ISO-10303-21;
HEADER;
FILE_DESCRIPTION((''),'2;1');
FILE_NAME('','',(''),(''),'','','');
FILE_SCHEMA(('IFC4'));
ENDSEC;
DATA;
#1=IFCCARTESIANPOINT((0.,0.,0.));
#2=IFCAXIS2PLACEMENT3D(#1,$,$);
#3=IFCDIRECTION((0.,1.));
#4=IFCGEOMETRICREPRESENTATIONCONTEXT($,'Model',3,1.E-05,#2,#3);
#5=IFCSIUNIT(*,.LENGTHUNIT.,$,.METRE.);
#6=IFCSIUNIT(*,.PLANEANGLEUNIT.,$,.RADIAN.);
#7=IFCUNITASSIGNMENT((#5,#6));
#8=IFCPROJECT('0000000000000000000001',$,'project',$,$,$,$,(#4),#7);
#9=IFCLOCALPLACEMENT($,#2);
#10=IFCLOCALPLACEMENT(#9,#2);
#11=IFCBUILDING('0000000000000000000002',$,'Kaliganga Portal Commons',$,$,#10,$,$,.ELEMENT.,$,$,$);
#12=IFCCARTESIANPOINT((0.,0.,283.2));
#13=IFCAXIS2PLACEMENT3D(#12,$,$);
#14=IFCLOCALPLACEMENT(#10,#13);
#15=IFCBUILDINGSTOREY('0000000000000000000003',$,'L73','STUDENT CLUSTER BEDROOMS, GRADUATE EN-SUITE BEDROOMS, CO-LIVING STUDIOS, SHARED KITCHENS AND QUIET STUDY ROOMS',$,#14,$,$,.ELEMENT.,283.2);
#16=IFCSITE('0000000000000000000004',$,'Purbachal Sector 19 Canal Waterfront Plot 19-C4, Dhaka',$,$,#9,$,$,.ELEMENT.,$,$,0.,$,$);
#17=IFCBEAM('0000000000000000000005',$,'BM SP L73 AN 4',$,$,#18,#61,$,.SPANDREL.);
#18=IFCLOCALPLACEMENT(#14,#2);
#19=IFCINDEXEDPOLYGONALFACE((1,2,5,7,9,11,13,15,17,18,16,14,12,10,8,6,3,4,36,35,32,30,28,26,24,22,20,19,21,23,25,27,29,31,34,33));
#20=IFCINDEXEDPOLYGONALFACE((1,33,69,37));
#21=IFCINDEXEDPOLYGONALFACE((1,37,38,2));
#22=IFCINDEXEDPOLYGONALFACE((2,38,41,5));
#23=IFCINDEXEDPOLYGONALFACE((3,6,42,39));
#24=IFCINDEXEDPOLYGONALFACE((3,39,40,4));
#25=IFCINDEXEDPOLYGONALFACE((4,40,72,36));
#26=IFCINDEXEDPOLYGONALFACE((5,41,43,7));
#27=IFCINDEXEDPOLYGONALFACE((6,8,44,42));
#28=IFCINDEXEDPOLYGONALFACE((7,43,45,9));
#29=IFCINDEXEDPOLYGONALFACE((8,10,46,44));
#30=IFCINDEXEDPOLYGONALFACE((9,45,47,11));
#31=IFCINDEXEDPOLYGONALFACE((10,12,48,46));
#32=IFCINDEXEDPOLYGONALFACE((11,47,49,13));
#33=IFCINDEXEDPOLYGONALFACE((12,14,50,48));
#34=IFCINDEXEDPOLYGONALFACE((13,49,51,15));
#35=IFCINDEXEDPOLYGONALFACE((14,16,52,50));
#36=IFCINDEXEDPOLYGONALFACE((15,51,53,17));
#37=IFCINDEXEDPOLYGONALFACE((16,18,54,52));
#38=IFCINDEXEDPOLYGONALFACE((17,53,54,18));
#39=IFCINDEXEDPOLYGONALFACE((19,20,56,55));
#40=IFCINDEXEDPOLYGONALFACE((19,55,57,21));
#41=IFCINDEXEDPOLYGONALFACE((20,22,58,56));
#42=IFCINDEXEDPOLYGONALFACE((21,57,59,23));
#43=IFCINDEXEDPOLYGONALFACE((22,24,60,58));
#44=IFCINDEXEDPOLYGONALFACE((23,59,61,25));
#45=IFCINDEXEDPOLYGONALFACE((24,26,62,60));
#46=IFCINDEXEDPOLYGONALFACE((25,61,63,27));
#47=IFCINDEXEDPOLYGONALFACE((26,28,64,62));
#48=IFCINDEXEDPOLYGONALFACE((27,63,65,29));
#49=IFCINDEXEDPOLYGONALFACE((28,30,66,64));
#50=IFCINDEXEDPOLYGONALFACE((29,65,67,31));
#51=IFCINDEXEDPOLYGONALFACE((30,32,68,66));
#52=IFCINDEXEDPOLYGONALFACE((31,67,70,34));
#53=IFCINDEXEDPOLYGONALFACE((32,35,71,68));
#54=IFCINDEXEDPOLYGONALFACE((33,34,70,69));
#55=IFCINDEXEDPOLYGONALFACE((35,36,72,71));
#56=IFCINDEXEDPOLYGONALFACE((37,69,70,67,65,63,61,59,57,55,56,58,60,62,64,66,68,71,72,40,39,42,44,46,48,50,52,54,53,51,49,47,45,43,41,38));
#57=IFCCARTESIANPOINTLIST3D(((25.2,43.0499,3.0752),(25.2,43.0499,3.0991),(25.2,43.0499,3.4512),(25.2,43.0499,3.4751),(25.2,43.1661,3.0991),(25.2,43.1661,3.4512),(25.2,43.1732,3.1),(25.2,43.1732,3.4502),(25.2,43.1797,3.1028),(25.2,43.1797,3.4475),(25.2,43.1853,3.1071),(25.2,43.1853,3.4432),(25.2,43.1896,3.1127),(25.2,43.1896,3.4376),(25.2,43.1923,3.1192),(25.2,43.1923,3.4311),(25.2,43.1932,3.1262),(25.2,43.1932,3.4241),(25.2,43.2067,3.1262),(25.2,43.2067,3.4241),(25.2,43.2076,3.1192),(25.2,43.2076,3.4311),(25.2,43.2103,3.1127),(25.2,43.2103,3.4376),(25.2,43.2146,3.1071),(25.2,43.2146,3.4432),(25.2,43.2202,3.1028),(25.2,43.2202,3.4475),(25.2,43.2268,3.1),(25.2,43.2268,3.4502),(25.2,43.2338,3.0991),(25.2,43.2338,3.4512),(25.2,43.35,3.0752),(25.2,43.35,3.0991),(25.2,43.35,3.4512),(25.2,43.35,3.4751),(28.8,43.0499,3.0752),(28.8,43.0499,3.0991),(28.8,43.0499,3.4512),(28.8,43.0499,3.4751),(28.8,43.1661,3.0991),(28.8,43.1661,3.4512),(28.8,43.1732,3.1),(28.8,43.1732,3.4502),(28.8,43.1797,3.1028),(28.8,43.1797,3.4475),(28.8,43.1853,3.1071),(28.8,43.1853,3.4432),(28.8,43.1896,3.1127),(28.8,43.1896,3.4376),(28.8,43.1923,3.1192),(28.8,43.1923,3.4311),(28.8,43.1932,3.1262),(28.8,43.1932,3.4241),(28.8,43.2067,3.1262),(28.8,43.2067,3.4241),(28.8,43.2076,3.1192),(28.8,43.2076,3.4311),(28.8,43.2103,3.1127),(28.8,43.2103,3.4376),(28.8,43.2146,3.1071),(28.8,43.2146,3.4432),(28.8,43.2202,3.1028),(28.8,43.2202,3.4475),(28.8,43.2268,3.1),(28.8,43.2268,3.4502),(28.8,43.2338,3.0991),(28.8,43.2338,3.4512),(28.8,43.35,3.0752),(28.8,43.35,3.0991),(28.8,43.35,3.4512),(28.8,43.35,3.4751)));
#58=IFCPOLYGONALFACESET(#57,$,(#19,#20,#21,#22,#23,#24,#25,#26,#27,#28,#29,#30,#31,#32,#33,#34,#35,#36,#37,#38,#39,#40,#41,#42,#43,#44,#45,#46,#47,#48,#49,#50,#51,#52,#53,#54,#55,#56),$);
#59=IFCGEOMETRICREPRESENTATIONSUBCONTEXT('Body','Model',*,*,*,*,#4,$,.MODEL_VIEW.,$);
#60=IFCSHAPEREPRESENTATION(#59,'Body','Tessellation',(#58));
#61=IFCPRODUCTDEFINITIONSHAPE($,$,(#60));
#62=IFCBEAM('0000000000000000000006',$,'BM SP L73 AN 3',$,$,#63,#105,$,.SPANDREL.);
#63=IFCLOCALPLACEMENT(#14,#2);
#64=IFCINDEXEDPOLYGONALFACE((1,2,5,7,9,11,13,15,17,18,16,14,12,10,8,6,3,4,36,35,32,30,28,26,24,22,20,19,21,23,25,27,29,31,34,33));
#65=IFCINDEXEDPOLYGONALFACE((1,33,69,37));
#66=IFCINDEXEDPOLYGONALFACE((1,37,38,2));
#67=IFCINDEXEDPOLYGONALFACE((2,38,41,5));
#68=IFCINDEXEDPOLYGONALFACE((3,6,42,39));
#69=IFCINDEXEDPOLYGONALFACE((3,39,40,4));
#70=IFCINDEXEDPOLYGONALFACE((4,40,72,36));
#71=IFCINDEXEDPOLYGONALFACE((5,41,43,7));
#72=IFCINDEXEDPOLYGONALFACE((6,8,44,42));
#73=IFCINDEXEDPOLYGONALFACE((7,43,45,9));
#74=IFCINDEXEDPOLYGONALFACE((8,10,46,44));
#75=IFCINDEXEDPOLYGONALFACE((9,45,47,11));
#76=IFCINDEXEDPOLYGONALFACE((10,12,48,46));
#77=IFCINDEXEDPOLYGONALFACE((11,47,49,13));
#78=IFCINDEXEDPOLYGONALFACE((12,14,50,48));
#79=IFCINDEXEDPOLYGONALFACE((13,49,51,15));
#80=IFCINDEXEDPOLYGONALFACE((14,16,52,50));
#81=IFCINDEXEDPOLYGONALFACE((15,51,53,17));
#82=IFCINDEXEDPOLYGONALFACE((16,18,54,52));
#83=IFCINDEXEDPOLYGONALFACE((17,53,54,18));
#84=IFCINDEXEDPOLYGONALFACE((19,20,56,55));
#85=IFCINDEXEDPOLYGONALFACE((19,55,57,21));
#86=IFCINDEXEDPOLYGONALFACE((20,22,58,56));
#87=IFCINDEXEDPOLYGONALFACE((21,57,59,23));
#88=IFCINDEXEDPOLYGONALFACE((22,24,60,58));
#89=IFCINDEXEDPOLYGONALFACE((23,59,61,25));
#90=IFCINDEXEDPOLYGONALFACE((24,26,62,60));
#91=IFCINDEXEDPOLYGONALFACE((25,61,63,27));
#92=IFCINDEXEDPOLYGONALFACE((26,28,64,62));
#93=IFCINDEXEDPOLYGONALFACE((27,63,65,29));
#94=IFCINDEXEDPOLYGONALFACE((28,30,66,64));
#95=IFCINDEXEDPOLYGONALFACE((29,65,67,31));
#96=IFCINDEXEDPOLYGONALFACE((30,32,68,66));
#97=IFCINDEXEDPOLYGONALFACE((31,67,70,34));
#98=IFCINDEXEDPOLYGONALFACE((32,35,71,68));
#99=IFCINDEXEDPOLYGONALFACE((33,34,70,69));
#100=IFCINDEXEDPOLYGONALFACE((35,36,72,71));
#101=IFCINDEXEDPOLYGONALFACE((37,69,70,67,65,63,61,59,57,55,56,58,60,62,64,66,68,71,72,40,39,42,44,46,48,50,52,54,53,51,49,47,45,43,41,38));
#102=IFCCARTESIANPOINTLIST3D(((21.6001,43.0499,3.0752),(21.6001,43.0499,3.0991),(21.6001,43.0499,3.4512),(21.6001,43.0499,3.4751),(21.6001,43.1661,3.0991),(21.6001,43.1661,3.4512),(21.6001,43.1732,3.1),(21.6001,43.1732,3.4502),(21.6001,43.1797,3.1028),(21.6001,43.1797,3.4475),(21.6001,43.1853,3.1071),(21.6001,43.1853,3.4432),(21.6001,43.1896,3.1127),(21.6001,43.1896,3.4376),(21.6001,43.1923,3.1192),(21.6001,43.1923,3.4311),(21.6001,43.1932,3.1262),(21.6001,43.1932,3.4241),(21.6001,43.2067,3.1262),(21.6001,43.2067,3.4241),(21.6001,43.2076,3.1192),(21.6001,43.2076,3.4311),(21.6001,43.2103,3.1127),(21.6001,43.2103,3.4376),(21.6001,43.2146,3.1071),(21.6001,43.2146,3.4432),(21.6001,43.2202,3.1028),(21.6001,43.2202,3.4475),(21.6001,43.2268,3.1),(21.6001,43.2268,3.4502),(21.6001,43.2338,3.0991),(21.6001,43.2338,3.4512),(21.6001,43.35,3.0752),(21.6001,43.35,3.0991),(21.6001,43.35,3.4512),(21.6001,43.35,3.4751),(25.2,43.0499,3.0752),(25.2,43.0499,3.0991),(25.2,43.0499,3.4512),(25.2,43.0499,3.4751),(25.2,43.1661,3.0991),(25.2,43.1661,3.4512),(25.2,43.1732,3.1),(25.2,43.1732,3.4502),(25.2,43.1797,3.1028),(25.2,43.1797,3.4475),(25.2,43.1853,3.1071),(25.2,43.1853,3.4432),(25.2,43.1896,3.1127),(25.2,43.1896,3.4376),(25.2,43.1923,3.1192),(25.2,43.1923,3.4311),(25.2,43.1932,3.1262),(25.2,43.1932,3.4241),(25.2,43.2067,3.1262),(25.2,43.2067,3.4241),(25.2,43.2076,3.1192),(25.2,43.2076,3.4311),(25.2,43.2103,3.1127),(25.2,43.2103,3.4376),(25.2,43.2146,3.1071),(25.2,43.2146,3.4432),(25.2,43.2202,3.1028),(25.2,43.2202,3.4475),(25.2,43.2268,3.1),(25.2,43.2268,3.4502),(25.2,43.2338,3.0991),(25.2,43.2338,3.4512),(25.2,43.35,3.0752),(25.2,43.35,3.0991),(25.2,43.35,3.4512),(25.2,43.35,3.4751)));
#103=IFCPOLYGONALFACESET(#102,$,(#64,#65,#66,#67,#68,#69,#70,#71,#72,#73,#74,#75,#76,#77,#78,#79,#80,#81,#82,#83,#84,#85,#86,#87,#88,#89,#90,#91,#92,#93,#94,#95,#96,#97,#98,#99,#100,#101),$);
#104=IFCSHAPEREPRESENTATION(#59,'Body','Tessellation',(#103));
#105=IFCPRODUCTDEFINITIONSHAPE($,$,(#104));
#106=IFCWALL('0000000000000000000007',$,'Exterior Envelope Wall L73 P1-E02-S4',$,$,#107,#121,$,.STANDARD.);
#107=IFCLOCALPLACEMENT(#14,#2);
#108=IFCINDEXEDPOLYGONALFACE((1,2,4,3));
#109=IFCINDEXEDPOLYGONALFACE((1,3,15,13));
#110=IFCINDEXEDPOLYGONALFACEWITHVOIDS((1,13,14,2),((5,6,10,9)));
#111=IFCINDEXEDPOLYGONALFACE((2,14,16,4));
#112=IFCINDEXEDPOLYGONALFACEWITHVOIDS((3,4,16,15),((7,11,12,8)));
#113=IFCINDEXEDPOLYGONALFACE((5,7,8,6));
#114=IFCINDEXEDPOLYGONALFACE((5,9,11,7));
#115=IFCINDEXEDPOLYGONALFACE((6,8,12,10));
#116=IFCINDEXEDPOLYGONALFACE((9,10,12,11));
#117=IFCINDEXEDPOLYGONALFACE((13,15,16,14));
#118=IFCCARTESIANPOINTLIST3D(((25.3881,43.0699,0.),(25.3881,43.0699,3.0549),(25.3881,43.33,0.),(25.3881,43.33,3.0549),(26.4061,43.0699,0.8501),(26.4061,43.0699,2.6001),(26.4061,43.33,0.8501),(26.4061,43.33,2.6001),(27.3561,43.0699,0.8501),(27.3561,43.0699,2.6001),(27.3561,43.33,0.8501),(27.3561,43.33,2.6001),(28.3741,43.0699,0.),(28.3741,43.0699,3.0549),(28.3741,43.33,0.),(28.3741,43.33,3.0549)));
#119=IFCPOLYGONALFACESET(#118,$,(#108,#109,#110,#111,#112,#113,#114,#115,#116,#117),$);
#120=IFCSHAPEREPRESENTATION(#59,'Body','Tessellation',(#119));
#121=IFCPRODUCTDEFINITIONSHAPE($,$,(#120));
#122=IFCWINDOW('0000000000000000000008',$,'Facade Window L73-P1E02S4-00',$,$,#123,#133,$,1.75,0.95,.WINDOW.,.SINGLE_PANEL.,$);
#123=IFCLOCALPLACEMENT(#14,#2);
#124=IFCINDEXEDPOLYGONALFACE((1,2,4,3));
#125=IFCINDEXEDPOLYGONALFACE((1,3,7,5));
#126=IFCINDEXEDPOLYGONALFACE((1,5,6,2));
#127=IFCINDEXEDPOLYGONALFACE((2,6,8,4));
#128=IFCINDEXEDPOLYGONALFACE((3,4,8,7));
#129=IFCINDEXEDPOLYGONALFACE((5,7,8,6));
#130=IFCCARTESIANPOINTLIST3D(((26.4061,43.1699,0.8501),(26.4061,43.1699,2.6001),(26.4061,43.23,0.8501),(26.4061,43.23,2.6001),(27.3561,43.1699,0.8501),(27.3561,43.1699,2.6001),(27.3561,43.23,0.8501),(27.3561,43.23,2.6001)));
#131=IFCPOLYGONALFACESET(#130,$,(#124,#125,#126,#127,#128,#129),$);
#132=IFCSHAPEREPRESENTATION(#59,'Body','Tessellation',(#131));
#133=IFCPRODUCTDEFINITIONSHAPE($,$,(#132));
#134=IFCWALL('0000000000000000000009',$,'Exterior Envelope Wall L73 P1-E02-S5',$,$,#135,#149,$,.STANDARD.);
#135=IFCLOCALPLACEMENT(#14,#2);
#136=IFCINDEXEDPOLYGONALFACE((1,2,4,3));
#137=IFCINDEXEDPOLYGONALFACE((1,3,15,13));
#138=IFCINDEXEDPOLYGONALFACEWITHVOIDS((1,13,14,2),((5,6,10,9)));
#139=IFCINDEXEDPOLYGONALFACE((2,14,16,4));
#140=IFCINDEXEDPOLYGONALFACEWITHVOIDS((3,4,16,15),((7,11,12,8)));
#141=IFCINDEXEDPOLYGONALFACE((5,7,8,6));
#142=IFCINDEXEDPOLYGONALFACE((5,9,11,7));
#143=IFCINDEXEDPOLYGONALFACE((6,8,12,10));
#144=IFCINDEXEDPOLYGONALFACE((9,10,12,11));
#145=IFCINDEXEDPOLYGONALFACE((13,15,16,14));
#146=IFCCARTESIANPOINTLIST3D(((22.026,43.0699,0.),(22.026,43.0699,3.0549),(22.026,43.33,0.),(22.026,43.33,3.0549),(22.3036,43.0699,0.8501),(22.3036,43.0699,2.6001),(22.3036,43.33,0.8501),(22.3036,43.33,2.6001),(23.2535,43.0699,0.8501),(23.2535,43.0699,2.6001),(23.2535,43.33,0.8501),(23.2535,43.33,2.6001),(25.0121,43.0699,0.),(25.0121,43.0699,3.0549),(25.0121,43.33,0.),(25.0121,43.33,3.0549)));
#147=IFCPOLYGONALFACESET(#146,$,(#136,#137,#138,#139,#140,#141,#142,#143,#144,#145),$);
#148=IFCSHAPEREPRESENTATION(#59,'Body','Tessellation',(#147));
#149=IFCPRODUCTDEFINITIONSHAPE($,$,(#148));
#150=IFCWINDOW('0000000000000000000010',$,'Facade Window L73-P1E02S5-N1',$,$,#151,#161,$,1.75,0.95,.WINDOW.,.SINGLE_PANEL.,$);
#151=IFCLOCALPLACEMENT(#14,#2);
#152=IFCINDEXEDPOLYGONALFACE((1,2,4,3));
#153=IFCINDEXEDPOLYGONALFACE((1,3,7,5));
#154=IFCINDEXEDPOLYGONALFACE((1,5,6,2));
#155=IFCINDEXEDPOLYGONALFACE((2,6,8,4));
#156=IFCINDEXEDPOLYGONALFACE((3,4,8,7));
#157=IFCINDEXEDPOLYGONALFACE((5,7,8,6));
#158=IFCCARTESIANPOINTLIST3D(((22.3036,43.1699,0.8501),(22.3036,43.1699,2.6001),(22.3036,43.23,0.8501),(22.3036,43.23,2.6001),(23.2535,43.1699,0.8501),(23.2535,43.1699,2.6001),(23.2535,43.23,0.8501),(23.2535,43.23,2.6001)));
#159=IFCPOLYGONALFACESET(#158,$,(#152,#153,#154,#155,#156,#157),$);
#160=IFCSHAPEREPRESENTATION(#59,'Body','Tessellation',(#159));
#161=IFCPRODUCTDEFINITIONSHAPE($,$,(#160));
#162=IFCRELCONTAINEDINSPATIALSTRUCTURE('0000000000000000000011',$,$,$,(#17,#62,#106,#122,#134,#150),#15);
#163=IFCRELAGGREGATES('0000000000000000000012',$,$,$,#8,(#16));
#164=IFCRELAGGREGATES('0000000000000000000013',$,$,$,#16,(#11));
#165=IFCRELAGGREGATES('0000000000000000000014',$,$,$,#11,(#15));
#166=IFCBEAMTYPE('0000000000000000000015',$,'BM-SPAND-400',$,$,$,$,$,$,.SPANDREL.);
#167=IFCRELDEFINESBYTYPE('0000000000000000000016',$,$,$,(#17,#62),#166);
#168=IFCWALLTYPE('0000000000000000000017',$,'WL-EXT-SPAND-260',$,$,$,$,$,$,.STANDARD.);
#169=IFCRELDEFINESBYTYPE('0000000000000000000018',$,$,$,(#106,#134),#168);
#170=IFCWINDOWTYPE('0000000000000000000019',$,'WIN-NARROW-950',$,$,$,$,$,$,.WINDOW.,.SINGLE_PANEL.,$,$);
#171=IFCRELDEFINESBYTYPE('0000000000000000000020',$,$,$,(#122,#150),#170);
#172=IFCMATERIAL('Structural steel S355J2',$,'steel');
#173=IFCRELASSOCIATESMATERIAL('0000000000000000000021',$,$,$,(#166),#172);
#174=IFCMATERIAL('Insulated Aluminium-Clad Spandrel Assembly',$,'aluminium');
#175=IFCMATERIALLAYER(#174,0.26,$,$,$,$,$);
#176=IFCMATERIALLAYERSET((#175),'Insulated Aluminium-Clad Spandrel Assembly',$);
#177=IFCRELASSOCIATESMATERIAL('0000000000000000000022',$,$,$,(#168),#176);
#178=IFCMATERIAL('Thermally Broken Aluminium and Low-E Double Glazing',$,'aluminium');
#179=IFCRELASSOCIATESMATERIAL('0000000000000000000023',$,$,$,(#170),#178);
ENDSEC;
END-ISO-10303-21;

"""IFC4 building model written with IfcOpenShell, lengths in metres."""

from ifc_helpers import new_model, si_unit, direction, frame, frame_2d, origin, origin_2d, place, context, subcontext, project, spatial, rectangle, i_section, extrude, source, transform, mapped, material, layer, layer_set, material_profile, profile_set, type_object, element, fill, save


model = new_model("IFC4")

# Units and contexts
model_context = context("Model", 3, precision=1e-05, world=origin(), true_north=direction((0.0, 1.0)))
body_context = subcontext(model_context, "Body", "Model", "MODEL_VIEW")
ifc_project = project(units=[si_unit("LENGTHUNIT", "METRE"), si_unit("PLANEANGLEUNIT", "RADIAN")], contexts=[model_context])

# Site, building, storey
site_placement = place(None, origin())
site = spatial("IfcSite", under=ifc_project, at=site_placement, Name="Purbachal Sector 19 Canal Waterfront Plot 19-C4, Dhaka", CompositionType="ELEMENT", RefElevation=0.0)
building_placement = place(site_placement, origin())
building = spatial("IfcBuilding", under=site, at=building_placement, Name="Kaliganga Portal Commons", CompositionType="ELEMENT")
storey_placement = place(building_placement, frame((0.0, 0.0, 283.2)))
storey = spatial("IfcBuildingStorey", under=building, at=storey_placement, Name="L73", Description="STUDENT CLUSTER BEDROOMS, GRADUATE EN-SUITE BEDROOMS, CO-LIVING STUDIOS, SHARED KITCHENS AND QUIET STUDY ROOMS", CompositionType="ELEMENT", Elevation=283.2)

# Shared definitions
ifc_material_1 = material(Name="Structural steel S355J2", Category="steel")

# Beams
ifc_material_profile_1 = material_profile(ifc_material_1, i_section(OverallWidth=0.3, OverallDepth=0.3999, WebThickness=0.0134, FlangeThickness=0.0239, FilletRadius=0.0271, at=origin_2d()), Name="HE 400 B")
ifc_profile_set_1 = profile_set([ifc_material_profile_1], Name="Structural steel S355J2 wide-flange")
beam_type = type_object("IfcBeamType", Name="BM-SPAND-400", PredefinedType="SPANDREL", material=ifc_profile_set_1)
shared_shape_1 = source(origin(), body_context, "Body", "SweptSolid", [
    extrude(i_section(OverallWidth=0.3, OverallDepth=0.3999, WebThickness=0.0134, FlangeThickness=0.0239, FilletRadius=0.0271, at=origin_2d()), origin(), (0.0, 0.0, 1.0), 3.6001),
])
for number, where, z_axis, x_axis, name in (
    (1, (25.2, 43.2, 3.2751), (1.0, 0.0, 0.0), (0.0, 1.0, 0.0), "BM SP L73 AN 4"),
):
    element("IfcBeam", number, at=place(storey_placement, frame(where, z_axis=z_axis, x_axis=x_axis)), inside=storey, type_object=beam_type, Name=name, PredefinedType="SPANDREL", context=body_context, shape_type="MappedRepresentation", body=[
        mapped(shared_shape_1, transform((0.0, 0.0, 0.0), x_axis=(1.0, 0.0, 0.0), y_axis=(0.0, 1.0, 0.0), z_axis=(0.0, 0.0, 1.0), scale=1.0)),
    ])
shared_shape_2 = source(origin(), body_context, "Body", "SweptSolid", [
    extrude(i_section(OverallWidth=0.3, OverallDepth=0.3999, WebThickness=0.0134, FlangeThickness=0.0239, FilletRadius=0.0271, at=origin_2d()), origin(), (0.0, 0.0, 1.0), 3.5999),
])
beam_placement = place(storey_placement, frame((21.6001, 43.2, 3.2751), z_axis=(1.0, 0.0, 0.0), x_axis=(0.0, 1.0, 0.0)))
element("IfcBeam", 2, at=beam_placement, inside=storey, type_object=beam_type, Name="BM SP L73 AN 3", PredefinedType="SPANDREL", context=body_context, shape_type="MappedRepresentation", body=[
    mapped(shared_shape_2, transform((0.0, 0.0, 0.0), x_axis=(1.0, 0.0, 0.0), y_axis=(0.0, 1.0, 0.0), z_axis=(0.0, 0.0, 1.0), scale=1.0)),
])

# Walls, openings, windows
ifc_material_2 = material(Name="Insulated Aluminium-Clad Spandrel Assembly", Category="aluminium")
ifc_layer_1 = layer(ifc_material_2, 0.26)
ifc_layer_set_1 = layer_set([ifc_layer_1], Name="Insulated Aluminium-Clad Spandrel Assembly")
wall_type_1 = type_object("IfcWallType", Name="WL-EXT-SPAND-260", PredefinedType="STANDARD", material=ifc_layer_set_1)
wall_1_placement = place(storey_placement, frame((25.3879, 43.2, 0.0), z_axis=(0.0, 0.0, 1.0), x_axis=(1.0, 0.0, 0.0)))
wall_1 = element("IfcWall", 3, at=wall_1_placement, inside=storey, type_object=wall_type_1, Name="Exterior Envelope Wall L73 P1-E02-S4", PredefinedType="STANDARD", context=body_context, shape_type="SweptSolid", body=[
    extrude(rectangle(XDim=2.9861, YDim=0.26, at=frame_2d((1.4932, 0.0))), origin(), (0.0, 0.0, 1.0), 3.0549),
])
opening_1_placement = place(wall_1_placement, frame((1.0181, 0.0, 0.8501)))
opening_1 = element("IfcOpeningElement", 4, at=opening_1_placement, cuts=wall_1, PredefinedType="OPENING", context=body_context, shape_type="SweptSolid", body=[
    extrude(rectangle(XDim=0.95, YDim=1.75, at=frame_2d((0.4751, 0.875))), frame((0.0, 0.1401, 0.0), z_axis=(0.0, -1.0, 0.0), x_axis=(1.0, 0.0, 0.0)), (0.0, 0.0, 1.0), 0.28),
])
ifc_material_3 = material(Name="Thermally Broken Aluminium and Low-E Double Glazing", Category="aluminium")
window_type = type_object("IfcWindowType", Name="WIN-NARROW-950", PartitioningType="SINGLE_PANEL", PredefinedType="WINDOW", material=ifc_material_3)
window_1_placement = place(opening_1_placement, origin())
window_1 = element("IfcWindow", 5, at=window_1_placement, inside=storey, type_object=window_type, Name="Facade Window L73-P1E02S4-00", OverallHeight=1.75, OverallWidth=0.95, PartitioningType="SINGLE_PANEL", PredefinedType="WINDOW", context=body_context, shape_type="SweptSolid", body=[
    extrude(rectangle(XDim=0.95, YDim=1.75, at=frame_2d((0.4751, 0.875))), frame((0.0, 0.03, 0.0), z_axis=(0.0, -1.0, 0.0), x_axis=(1.0, 0.0, 0.0)), (0.0, 0.0, 1.0), 0.0601),
])
fill(opening_1, window_1)
wall_2_placement = place(storey_placement, frame((22.0259, 43.2, 0.0), z_axis=(0.0, 0.0, 1.0), x_axis=(1.0, 0.0, 0.0)))
wall_2 = element("IfcWall", 6, at=wall_2_placement, inside=storey, type_object=wall_type_1, Name="Exterior Envelope Wall L73 P1-E02-S5", PredefinedType="STANDARD", context=body_context, shape_type="SweptSolid", body=[
    extrude(rectangle(XDim=2.9861, YDim=0.26, at=frame_2d((1.4932, 0.0))), origin(), (0.0, 0.0, 1.0), 3.0549),
])
opening_2_placement = place(wall_2_placement, frame((0.2776, 0.0, 0.8501)))
opening_2 = element("IfcOpeningElement", 7, at=opening_2_placement, cuts=wall_2, PredefinedType="OPENING", context=body_context, shape_type="SweptSolid", body=[
    extrude(rectangle(XDim=0.95, YDim=1.75, at=frame_2d((0.4751, 0.875))), frame((0.0, 0.1401, 0.0), z_axis=(0.0, -1.0, 0.0), x_axis=(1.0, 0.0, 0.0)), (0.0, 0.0, 1.0), 0.28),
])
window_2_placement = place(opening_2_placement, origin())
window_2 = element("IfcWindow", 8, at=window_2_placement, inside=storey, type_object=window_type, Name="Facade Window L73-P1E02S5-N1", OverallHeight=1.75, OverallWidth=0.95, PartitioningType="SINGLE_PANEL", PredefinedType="WINDOW", context=body_context, shape_type="SweptSolid", body=[
    extrude(rectangle(XDim=0.95, YDim=1.75, at=frame_2d((0.4751, 0.875))), frame((0.0, 0.03, 0.0), z_axis=(0.0, -1.0, 0.0), x_axis=(1.0, 0.0, 0.0)), (0.0, 0.0, 1.0), 0.0601),
])
fill(opening_2, window_2)

save(model, "model.ifc")
